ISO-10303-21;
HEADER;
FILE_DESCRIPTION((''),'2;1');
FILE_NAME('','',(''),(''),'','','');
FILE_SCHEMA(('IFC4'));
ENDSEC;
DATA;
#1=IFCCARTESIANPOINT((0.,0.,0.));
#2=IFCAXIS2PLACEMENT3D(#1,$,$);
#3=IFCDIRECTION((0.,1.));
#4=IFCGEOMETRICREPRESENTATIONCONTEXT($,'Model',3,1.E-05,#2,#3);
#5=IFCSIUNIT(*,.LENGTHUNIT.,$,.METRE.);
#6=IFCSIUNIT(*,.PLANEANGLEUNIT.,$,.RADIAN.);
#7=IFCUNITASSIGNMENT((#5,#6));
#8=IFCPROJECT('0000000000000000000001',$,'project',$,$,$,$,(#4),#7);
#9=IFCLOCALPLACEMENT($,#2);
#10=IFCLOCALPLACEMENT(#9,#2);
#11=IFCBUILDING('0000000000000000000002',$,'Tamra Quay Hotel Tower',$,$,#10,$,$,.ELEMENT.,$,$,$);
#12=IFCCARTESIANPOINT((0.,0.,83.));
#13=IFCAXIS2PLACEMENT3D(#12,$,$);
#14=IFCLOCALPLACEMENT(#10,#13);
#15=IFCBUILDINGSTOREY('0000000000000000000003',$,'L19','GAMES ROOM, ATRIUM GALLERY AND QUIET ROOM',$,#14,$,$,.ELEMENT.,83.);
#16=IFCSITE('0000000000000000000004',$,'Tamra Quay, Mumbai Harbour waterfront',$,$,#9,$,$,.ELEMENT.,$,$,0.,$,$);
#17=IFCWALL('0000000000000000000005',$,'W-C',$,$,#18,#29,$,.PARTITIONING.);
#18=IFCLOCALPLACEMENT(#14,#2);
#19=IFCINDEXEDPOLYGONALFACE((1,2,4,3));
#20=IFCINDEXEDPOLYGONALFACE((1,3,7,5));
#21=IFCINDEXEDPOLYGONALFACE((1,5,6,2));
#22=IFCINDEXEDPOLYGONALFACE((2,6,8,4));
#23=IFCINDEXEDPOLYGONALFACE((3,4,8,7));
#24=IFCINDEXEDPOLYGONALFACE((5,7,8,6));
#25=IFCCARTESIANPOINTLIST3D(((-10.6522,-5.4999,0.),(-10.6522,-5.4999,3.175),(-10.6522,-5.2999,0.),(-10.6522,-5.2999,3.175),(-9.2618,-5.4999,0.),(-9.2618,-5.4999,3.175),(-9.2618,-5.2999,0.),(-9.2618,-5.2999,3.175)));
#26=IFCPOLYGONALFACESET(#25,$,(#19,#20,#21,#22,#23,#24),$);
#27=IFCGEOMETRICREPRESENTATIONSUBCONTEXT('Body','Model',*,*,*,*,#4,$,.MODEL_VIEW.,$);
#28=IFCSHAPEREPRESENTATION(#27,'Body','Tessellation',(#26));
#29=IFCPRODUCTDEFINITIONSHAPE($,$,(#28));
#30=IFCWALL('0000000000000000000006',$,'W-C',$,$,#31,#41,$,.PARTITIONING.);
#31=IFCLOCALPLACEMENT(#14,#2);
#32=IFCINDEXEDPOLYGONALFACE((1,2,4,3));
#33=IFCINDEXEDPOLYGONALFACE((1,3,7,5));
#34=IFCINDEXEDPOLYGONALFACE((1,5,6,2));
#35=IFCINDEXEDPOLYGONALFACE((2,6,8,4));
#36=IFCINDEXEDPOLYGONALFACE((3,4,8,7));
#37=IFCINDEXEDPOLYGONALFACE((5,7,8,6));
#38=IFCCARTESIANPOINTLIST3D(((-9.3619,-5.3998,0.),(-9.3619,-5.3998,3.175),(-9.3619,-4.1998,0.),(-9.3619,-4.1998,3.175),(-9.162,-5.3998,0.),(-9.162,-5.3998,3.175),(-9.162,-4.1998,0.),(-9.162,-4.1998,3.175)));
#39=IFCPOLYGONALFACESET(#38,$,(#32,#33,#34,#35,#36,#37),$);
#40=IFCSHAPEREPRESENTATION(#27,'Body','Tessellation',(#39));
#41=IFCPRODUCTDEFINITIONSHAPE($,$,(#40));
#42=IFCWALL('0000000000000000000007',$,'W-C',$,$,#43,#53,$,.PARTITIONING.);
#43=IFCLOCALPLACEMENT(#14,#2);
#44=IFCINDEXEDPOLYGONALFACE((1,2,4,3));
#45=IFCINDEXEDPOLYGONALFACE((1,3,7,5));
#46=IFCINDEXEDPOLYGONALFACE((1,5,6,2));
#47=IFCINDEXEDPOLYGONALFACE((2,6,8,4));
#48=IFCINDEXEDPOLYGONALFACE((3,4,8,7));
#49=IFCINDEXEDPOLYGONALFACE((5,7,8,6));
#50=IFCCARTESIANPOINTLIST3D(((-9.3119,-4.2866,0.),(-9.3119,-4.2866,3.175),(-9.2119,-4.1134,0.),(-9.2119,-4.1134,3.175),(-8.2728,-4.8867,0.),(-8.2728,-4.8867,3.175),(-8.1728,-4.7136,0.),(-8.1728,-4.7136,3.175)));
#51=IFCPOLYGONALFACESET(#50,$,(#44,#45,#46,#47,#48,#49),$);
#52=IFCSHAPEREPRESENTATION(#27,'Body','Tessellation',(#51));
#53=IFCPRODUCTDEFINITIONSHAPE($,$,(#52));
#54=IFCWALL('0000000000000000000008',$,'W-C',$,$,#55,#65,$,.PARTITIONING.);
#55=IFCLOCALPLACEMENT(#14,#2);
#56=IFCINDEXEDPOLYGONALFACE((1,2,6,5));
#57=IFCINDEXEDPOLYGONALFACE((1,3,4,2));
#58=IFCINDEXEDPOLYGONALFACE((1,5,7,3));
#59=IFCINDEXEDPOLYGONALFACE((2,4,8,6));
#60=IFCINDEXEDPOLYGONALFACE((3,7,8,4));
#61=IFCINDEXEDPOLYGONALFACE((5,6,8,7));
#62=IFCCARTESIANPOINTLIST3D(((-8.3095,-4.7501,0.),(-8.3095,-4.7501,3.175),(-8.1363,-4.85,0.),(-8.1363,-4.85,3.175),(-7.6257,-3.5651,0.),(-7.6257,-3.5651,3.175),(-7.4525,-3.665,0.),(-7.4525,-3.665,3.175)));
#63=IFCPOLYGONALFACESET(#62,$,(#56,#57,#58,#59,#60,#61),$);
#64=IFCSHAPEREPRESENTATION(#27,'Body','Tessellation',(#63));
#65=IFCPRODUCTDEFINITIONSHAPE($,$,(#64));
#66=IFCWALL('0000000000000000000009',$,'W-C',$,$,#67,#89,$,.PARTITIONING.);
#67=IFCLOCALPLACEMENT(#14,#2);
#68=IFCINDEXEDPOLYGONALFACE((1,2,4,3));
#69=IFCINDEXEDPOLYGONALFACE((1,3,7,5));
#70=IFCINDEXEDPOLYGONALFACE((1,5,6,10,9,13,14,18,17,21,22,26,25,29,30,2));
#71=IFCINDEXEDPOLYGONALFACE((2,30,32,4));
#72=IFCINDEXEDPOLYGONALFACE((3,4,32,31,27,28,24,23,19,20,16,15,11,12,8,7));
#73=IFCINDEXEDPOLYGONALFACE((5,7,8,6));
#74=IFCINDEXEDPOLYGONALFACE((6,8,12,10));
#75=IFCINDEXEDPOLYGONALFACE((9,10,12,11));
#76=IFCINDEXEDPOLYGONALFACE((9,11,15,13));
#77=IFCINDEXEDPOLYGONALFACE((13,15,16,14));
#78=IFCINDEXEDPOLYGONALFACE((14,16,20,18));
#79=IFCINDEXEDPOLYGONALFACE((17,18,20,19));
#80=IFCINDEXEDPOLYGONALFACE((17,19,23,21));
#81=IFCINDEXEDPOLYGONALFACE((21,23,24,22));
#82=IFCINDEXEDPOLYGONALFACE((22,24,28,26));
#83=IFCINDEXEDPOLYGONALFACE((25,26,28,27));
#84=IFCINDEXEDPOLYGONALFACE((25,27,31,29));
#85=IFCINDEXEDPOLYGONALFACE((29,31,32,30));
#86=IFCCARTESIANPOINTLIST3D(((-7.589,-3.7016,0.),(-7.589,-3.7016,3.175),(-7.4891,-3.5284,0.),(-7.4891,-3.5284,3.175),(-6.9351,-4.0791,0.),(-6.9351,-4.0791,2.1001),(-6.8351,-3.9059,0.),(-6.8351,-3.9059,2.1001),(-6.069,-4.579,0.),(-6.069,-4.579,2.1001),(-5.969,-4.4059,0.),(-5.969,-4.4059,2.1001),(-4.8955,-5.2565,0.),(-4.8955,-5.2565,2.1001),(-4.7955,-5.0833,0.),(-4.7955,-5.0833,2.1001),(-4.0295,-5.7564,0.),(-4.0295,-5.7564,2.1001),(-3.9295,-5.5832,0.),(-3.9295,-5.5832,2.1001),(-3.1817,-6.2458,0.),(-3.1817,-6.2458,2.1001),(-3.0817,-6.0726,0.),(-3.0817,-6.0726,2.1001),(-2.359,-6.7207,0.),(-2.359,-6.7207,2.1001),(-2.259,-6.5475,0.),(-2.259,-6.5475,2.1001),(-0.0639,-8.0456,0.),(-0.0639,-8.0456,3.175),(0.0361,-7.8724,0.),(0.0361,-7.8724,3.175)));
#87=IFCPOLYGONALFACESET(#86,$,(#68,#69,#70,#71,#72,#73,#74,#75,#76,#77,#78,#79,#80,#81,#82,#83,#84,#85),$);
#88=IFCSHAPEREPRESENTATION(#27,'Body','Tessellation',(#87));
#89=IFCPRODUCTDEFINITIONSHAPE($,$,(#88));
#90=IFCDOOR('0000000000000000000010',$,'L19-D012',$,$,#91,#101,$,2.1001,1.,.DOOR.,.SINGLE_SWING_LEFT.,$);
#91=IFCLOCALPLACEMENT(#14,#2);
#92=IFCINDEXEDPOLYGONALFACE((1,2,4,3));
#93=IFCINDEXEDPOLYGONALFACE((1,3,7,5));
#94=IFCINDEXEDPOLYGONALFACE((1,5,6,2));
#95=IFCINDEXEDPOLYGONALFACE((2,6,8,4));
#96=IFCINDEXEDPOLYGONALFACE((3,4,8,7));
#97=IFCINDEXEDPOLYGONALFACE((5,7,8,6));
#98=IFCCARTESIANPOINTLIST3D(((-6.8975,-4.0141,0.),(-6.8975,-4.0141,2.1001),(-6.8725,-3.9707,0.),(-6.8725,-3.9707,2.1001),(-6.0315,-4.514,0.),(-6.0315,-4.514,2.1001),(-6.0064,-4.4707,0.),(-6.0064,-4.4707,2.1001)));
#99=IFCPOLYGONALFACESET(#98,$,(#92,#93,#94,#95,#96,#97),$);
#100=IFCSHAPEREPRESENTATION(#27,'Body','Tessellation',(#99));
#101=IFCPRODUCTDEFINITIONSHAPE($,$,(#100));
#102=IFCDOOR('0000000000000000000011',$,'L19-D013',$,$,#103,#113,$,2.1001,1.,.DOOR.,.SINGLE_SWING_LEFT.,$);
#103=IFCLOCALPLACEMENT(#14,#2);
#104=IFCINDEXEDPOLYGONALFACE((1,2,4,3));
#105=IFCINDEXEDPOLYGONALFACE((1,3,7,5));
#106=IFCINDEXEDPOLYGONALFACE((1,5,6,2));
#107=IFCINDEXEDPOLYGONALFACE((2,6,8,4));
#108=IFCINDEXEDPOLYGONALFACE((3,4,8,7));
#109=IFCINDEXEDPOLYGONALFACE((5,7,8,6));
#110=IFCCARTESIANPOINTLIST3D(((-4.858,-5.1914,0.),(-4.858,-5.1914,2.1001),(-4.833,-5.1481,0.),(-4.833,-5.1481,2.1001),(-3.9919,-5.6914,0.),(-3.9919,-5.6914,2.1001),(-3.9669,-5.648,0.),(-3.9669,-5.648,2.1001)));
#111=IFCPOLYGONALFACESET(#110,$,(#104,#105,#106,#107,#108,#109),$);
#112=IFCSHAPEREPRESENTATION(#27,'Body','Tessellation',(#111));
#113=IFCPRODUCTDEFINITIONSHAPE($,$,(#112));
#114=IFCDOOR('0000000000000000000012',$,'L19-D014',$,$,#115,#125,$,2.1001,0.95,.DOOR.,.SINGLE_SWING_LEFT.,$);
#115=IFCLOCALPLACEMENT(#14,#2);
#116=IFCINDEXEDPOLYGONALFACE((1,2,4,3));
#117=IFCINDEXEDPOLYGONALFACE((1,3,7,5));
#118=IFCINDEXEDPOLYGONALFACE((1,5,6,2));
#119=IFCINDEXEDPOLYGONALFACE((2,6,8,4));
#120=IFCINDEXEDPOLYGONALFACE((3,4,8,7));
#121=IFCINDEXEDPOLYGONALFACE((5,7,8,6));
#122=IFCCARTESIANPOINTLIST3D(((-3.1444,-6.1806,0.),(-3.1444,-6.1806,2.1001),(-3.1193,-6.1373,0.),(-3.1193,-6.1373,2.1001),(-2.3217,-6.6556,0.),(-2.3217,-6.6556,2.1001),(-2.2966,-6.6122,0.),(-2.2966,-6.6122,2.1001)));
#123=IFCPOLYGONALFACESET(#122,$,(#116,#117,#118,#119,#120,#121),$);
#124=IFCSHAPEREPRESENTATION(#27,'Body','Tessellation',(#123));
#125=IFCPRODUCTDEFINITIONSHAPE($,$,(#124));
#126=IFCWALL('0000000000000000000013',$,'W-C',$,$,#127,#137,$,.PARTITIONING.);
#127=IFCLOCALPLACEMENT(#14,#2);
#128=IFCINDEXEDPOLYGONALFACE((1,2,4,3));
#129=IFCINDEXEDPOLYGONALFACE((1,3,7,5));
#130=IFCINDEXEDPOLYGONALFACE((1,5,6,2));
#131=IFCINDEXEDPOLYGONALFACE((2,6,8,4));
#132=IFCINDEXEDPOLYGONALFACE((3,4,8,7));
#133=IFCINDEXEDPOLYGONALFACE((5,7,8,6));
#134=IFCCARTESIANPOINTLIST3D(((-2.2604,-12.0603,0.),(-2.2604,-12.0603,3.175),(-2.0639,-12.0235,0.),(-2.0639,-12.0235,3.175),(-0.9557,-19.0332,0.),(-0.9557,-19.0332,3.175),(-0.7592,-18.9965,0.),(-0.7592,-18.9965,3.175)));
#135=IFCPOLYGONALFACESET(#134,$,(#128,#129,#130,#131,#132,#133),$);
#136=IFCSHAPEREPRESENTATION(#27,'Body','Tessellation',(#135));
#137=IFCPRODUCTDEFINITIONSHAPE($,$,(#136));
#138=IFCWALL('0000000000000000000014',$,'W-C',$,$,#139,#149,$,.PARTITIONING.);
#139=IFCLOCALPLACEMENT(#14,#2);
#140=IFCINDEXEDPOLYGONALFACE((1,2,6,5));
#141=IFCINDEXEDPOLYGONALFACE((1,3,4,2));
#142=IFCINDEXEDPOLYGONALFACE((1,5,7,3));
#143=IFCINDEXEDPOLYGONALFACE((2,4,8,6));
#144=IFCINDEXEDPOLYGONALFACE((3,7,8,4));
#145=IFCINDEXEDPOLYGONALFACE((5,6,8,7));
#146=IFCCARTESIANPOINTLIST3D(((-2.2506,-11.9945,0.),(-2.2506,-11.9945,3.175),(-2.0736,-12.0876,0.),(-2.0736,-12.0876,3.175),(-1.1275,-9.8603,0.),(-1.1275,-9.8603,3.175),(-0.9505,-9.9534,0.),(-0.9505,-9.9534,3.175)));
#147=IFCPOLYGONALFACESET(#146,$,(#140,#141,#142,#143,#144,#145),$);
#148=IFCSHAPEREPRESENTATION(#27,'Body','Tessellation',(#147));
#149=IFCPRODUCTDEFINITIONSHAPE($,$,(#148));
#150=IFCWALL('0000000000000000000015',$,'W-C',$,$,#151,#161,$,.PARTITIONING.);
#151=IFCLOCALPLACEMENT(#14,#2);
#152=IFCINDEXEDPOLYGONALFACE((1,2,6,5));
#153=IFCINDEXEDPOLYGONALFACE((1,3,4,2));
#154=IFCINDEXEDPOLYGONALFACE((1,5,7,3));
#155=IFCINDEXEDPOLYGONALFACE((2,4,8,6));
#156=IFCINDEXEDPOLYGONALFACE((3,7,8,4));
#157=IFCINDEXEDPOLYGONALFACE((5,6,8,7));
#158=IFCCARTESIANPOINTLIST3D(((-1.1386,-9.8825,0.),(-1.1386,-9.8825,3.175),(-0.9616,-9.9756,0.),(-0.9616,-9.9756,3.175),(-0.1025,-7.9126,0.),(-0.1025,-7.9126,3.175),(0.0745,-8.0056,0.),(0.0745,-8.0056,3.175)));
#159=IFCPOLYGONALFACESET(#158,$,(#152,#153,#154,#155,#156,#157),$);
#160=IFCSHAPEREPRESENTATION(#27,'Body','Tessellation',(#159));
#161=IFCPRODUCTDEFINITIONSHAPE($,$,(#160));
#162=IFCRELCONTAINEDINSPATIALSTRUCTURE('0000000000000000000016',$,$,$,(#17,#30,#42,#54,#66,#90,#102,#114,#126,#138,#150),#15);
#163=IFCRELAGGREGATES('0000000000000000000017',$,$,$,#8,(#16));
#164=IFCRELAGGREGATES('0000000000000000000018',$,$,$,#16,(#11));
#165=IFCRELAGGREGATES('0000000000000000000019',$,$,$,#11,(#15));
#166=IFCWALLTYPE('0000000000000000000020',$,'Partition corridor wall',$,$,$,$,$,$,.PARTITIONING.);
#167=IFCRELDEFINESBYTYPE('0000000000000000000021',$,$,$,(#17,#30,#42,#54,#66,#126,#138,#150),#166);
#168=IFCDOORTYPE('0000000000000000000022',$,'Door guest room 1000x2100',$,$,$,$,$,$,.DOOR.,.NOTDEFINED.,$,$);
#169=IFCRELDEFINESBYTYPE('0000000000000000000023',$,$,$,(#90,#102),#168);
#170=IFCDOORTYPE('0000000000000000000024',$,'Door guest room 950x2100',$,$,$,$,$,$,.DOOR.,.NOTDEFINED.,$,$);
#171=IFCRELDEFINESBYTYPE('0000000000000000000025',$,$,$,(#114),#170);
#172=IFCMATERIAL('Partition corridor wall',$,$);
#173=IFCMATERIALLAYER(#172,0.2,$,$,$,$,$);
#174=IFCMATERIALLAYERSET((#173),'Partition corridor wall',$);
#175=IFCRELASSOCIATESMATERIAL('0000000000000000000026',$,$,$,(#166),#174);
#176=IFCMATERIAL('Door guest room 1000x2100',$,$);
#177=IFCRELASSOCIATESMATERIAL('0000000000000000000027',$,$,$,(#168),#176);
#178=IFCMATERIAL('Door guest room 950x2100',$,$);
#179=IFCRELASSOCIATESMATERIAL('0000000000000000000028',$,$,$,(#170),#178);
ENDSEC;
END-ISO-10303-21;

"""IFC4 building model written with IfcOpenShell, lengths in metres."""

from ifc_helpers import new_model, si_unit, direction, frame, frame_2d, origin, place, context, subcontext, project, spatial, rectangle, extrude, material, layer, layer_set, type_object, element, fill, save


model = new_model("IFC4")

# Units and contexts
model_context = context("Model", 3, precision=1e-05, world=origin(), true_north=direction((0.0, 1.0)))
body_context = subcontext(model_context, "Body", "Model", "MODEL_VIEW")
ifc_project = project(units=[si_unit("LENGTHUNIT", "METRE"), si_unit("PLANEANGLEUNIT", "RADIAN")], contexts=[model_context])

# Site, building, storey
site_placement = place(None, origin())
site = spatial("IfcSite", under=ifc_project, at=site_placement, Name="Tamra Quay, Mumbai Harbour waterfront", CompositionType="ELEMENT", RefElevation=0.0)
building_placement = place(site_placement, origin())
building = spatial("IfcBuilding", under=site, at=building_placement, Name="Tamra Quay Hotel Tower", CompositionType="ELEMENT")
storey_placement = place(building_placement, frame((0.0, 0.0, 83.0)))
storey = spatial("IfcBuildingStorey", under=building, at=storey_placement, Name="L19", Description="GAMES ROOM, ATRIUM GALLERY AND QUIET ROOM", CompositionType="ELEMENT", Elevation=83.0)

# Walls
ifc_material_1 = material(Name="Partition corridor wall")
ifc_layer_1 = layer(ifc_material_1, 0.2)
ifc_layer_set_1 = layer_set([ifc_layer_1], Name="Partition corridor wall")
wall_type_1 = type_object("IfcWallType", Name="Partition corridor wall", PredefinedType="PARTITIONING", material=ifc_layer_set_1)
wall_1_placement = place(storey_placement, frame((-10.6523, -5.3999, 0.0), z_axis=(0.0, 0.0, 1.0), x_axis=(1.0, 0.0, 0.0)))
element("IfcWall", 1, at=wall_1_placement, inside=storey, type_object=wall_type_1, Name="W-C", PredefinedType="PARTITIONING", context=body_context, shape_type="SweptSolid", body=[
    extrude(rectangle(XDim=1.3904, YDim=0.2, at=frame_2d((0.6953, 0.0))), origin(), (0.0, 0.0, 1.0), 3.175),
])
for number, where, z_axis, x_axis, name in (
    (2, (-9.262, -5.3999, 0.0), (0.0, 0.0, 1.0), (0.0, 1.0, 0.0), "W-C"),
    (3, (-9.262, -4.2, 0.0), (0.0, 0.0, 1.0), (0.865955, -0.500122, 0.0), "W-C"),
):
    element("IfcWall", number, at=place(storey_placement, frame(where, z_axis=z_axis, x_axis=x_axis)), inside=storey, type_object=wall_type_1, Name=name, PredefinedType="PARTITIONING", context=body_context, shape_type="SweptSolid", body=[
        extrude(rectangle(XDim=1.2, YDim=0.2, at=frame_2d((0.6001, 0.0))), origin(), (0.0, 0.0, 1.0), 3.175),
    ])
wall_2_placement = place(storey_placement, frame((-8.2229, -4.8, 0.0), z_axis=(0.0, 0.0, 1.0), x_axis=(0.499805, 0.866138, 0.0)))
element("IfcWall", 4, at=wall_2_placement, inside=storey, type_object=wall_type_1, Name="W-C", PredefinedType="PARTITIONING", context=body_context, shape_type="SweptSolid", body=[
    extrude(rectangle(XDim=1.3682, YDim=0.2, at=frame_2d((0.6841, 0.0))), origin(), (0.0, 0.0, 1.0), 3.175),
])

# Wall, openings, doors
wall_3_placement = place(storey_placement, frame((-7.5391, -3.615, 0.0), z_axis=(0.0, 0.0, 1.0), x_axis=(0.866058, -0.499944, 0.0)))
wall_3 = element("IfcWall", 5, at=wall_3_placement, inside=storey, type_object=wall_type_1, Name="W-C", PredefinedType="PARTITIONING", context=body_context, shape_type="SweptSolid", body=[
    extrude(rectangle(XDim=8.689, YDim=0.2, at=frame_2d((4.3445, 0.0))), origin(), (0.0, 0.0, 1.0), 3.175),
])
opening_1_placement = place(wall_3_placement, frame((0.7551, 0.0, 0.0)))
opening_1 = element("IfcOpeningElement", 6, at=opening_1_placement, cuts=wall_3, PredefinedType="OPENING", context=body_context, shape_type="SweptSolid", body=[
    extrude(rectangle(XDim=1.0, YDim=2.1001, at=frame_2d((0.5, 1.05))), frame((0.0, 0.1099, 0.0), z_axis=(0.0, -1.0, 0.0), x_axis=(1.0, 0.0, 0.0)), (0.0, 0.0, 1.0), 0.22),
])
opening_2_placement = place(wall_3_placement, frame((3.1101, 0.0, 0.0)))
opening_2 = element("IfcOpeningElement", 7, at=opening_2_placement, cuts=wall_3, PredefinedType="OPENING", context=body_context, shape_type="SweptSolid", body=[
    extrude(rectangle(XDim=1.0, YDim=2.1001, at=frame_2d((0.5, 1.05))), frame((0.0, 0.1099, 0.0), z_axis=(0.0, -1.0, 0.0), x_axis=(1.0, 0.0, 0.0)), (0.0, 0.0, 1.0), 0.22),
])
opening_3_placement = place(wall_3_placement, frame((5.0889, 0.0, 0.0)))
opening_3 = element("IfcOpeningElement", 8, at=opening_3_placement, cuts=wall_3, PredefinedType="OPENING", context=body_context, shape_type="SweptSolid", body=[
    extrude(rectangle(XDim=0.95, YDim=2.1001, at=frame_2d((0.4751, 1.05))), frame((0.0, 0.1099, 0.0), z_axis=(0.0, -1.0, 0.0), x_axis=(1.0, 0.0, 0.0)), (0.0, 0.0, 1.0), 0.22),
])
ifc_material_2 = material(Name="Door guest room 1000x2100")
door_type_1 = type_object("IfcDoorType", Name="Door guest room 1000x2100", OperationType="NOTDEFINED", PredefinedType="DOOR", material=ifc_material_2)
door_1_placement = place(opening_1_placement, frame((1.0, 0.0, 0.0), z_axis=(0.0, 0.0, 1.0), x_axis=(-1.0, 0.0, 0.0)))
door_1 = element("IfcDoor", 9, at=door_1_placement, inside=storey, type_object=door_type_1, Name="L19-D012", OperationType="SINGLE_SWING_LEFT", OverallHeight=2.1001, OverallWidth=1.0, PredefinedType="DOOR", context=body_context, shape_type="SweptSolid", body=[
    extrude(rectangle(XDim=1.0, YDim=2.1001, at=frame_2d((0.5, 1.05))), frame((0.0, 0.0249, 0.0), z_axis=(0.0, -1.0, 0.0), x_axis=(1.0, 0.0, 0.0)), (0.0, 0.0, 1.0), 0.05),
])
fill(opening_1, door_1)
door_2_placement = place(opening_2_placement, frame((1.0, 0.0, 0.0), z_axis=(0.0, 0.0, 1.0), x_axis=(-1.0, 0.0, 0.0)))
door_2 = element("IfcDoor", 10, at=door_2_placement, inside=storey, type_object=door_type_1, Name="L19-D013", OperationType="SINGLE_SWING_LEFT", OverallHeight=2.1001, OverallWidth=1.0, PredefinedType="DOOR", context=body_context, shape_type="SweptSolid", body=[
    extrude(rectangle(XDim=1.0, YDim=2.1001, at=frame_2d((0.5, 1.05))), frame((0.0, 0.0249, 0.0), z_axis=(0.0, -1.0, 0.0), x_axis=(1.0, 0.0, 0.0)), (0.0, 0.0, 1.0), 0.05),
])
fill(opening_2, door_2)
ifc_material_3 = material(Name="Door guest room 950x2100")
door_type_2 = type_object("IfcDoorType", Name="Door guest room 950x2100", OperationType="NOTDEFINED", PredefinedType="DOOR", material=ifc_material_3)
door_3_placement = place(opening_3_placement, frame((0.95, 0.0, 0.0), z_axis=(0.0, 0.0, 1.0), x_axis=(-1.0, 0.0, 0.0)))
door_3 = element("IfcDoor", 11, at=door_3_placement, inside=storey, type_object=door_type_2, Name="L19-D014", OperationType="SINGLE_SWING_LEFT", OverallHeight=2.1001, OverallWidth=0.95, PredefinedType="DOOR", context=body_context, shape_type="SweptSolid", body=[
    extrude(rectangle(XDim=0.95, YDim=2.1001, at=frame_2d((0.4751, 1.05))), frame((0.0, 0.0249, 0.0), z_axis=(0.0, -1.0, 0.0), x_axis=(1.0, 0.0, 0.0)), (0.0, 0.0, 1.0), 0.05),
])
fill(opening_3, door_3)

# Walls
wall_4_placement = place(storey_placement, frame((-2.1621, -12.042, 0.0), z_axis=(0.0, 0.0, 1.0), x_axis=(0.183917, -0.982942, 0.0)))
element("IfcWall", 12, at=wall_4_placement, inside=storey, type_object=wall_type_1, Name="W-C", PredefinedType="PARTITIONING", context=body_context, shape_type="SweptSolid", body=[
    extrude(rectangle(XDim=7.094, YDim=0.2, at=frame_2d((3.5469, 0.0))), origin(), (0.0, 0.0, 1.0), 3.175),
])
wall_5_placement = place(storey_placement, frame((-2.1621, -12.041, 0.0), z_axis=(0.0, 0.0, 1.0), x_axis=(0.465705, 0.88494, 0.0)))
element("IfcWall", 13, at=wall_5_placement, inside=storey, type_object=wall_type_1, Name="W-C", PredefinedType="PARTITIONING", context=body_context, shape_type="SweptSolid", body=[
    extrude(rectangle(XDim=2.4116, YDim=0.2, at=frame_2d((1.2058, 0.0))), origin(), (0.0, 0.0, 1.0), 3.175),
])
wall_6_placement = place(storey_placement, frame((-1.05, -9.929, 0.0), z_axis=(0.0, 0.0, 1.0), x_axis=(0.465502, 0.885047, 0.0)))
element("IfcWall", 14, at=wall_6_placement, inside=storey, type_object=wall_type_1, Name="W-C", PredefinedType="PARTITIONING", context=body_context, shape_type="SweptSolid", body=[
    extrude(rectangle(XDim=2.2258, YDim=0.2, at=frame_2d((1.1128, 0.0))), origin(), (0.0, 0.0, 1.0), 3.175),
])

save(model, "model.ifc")
